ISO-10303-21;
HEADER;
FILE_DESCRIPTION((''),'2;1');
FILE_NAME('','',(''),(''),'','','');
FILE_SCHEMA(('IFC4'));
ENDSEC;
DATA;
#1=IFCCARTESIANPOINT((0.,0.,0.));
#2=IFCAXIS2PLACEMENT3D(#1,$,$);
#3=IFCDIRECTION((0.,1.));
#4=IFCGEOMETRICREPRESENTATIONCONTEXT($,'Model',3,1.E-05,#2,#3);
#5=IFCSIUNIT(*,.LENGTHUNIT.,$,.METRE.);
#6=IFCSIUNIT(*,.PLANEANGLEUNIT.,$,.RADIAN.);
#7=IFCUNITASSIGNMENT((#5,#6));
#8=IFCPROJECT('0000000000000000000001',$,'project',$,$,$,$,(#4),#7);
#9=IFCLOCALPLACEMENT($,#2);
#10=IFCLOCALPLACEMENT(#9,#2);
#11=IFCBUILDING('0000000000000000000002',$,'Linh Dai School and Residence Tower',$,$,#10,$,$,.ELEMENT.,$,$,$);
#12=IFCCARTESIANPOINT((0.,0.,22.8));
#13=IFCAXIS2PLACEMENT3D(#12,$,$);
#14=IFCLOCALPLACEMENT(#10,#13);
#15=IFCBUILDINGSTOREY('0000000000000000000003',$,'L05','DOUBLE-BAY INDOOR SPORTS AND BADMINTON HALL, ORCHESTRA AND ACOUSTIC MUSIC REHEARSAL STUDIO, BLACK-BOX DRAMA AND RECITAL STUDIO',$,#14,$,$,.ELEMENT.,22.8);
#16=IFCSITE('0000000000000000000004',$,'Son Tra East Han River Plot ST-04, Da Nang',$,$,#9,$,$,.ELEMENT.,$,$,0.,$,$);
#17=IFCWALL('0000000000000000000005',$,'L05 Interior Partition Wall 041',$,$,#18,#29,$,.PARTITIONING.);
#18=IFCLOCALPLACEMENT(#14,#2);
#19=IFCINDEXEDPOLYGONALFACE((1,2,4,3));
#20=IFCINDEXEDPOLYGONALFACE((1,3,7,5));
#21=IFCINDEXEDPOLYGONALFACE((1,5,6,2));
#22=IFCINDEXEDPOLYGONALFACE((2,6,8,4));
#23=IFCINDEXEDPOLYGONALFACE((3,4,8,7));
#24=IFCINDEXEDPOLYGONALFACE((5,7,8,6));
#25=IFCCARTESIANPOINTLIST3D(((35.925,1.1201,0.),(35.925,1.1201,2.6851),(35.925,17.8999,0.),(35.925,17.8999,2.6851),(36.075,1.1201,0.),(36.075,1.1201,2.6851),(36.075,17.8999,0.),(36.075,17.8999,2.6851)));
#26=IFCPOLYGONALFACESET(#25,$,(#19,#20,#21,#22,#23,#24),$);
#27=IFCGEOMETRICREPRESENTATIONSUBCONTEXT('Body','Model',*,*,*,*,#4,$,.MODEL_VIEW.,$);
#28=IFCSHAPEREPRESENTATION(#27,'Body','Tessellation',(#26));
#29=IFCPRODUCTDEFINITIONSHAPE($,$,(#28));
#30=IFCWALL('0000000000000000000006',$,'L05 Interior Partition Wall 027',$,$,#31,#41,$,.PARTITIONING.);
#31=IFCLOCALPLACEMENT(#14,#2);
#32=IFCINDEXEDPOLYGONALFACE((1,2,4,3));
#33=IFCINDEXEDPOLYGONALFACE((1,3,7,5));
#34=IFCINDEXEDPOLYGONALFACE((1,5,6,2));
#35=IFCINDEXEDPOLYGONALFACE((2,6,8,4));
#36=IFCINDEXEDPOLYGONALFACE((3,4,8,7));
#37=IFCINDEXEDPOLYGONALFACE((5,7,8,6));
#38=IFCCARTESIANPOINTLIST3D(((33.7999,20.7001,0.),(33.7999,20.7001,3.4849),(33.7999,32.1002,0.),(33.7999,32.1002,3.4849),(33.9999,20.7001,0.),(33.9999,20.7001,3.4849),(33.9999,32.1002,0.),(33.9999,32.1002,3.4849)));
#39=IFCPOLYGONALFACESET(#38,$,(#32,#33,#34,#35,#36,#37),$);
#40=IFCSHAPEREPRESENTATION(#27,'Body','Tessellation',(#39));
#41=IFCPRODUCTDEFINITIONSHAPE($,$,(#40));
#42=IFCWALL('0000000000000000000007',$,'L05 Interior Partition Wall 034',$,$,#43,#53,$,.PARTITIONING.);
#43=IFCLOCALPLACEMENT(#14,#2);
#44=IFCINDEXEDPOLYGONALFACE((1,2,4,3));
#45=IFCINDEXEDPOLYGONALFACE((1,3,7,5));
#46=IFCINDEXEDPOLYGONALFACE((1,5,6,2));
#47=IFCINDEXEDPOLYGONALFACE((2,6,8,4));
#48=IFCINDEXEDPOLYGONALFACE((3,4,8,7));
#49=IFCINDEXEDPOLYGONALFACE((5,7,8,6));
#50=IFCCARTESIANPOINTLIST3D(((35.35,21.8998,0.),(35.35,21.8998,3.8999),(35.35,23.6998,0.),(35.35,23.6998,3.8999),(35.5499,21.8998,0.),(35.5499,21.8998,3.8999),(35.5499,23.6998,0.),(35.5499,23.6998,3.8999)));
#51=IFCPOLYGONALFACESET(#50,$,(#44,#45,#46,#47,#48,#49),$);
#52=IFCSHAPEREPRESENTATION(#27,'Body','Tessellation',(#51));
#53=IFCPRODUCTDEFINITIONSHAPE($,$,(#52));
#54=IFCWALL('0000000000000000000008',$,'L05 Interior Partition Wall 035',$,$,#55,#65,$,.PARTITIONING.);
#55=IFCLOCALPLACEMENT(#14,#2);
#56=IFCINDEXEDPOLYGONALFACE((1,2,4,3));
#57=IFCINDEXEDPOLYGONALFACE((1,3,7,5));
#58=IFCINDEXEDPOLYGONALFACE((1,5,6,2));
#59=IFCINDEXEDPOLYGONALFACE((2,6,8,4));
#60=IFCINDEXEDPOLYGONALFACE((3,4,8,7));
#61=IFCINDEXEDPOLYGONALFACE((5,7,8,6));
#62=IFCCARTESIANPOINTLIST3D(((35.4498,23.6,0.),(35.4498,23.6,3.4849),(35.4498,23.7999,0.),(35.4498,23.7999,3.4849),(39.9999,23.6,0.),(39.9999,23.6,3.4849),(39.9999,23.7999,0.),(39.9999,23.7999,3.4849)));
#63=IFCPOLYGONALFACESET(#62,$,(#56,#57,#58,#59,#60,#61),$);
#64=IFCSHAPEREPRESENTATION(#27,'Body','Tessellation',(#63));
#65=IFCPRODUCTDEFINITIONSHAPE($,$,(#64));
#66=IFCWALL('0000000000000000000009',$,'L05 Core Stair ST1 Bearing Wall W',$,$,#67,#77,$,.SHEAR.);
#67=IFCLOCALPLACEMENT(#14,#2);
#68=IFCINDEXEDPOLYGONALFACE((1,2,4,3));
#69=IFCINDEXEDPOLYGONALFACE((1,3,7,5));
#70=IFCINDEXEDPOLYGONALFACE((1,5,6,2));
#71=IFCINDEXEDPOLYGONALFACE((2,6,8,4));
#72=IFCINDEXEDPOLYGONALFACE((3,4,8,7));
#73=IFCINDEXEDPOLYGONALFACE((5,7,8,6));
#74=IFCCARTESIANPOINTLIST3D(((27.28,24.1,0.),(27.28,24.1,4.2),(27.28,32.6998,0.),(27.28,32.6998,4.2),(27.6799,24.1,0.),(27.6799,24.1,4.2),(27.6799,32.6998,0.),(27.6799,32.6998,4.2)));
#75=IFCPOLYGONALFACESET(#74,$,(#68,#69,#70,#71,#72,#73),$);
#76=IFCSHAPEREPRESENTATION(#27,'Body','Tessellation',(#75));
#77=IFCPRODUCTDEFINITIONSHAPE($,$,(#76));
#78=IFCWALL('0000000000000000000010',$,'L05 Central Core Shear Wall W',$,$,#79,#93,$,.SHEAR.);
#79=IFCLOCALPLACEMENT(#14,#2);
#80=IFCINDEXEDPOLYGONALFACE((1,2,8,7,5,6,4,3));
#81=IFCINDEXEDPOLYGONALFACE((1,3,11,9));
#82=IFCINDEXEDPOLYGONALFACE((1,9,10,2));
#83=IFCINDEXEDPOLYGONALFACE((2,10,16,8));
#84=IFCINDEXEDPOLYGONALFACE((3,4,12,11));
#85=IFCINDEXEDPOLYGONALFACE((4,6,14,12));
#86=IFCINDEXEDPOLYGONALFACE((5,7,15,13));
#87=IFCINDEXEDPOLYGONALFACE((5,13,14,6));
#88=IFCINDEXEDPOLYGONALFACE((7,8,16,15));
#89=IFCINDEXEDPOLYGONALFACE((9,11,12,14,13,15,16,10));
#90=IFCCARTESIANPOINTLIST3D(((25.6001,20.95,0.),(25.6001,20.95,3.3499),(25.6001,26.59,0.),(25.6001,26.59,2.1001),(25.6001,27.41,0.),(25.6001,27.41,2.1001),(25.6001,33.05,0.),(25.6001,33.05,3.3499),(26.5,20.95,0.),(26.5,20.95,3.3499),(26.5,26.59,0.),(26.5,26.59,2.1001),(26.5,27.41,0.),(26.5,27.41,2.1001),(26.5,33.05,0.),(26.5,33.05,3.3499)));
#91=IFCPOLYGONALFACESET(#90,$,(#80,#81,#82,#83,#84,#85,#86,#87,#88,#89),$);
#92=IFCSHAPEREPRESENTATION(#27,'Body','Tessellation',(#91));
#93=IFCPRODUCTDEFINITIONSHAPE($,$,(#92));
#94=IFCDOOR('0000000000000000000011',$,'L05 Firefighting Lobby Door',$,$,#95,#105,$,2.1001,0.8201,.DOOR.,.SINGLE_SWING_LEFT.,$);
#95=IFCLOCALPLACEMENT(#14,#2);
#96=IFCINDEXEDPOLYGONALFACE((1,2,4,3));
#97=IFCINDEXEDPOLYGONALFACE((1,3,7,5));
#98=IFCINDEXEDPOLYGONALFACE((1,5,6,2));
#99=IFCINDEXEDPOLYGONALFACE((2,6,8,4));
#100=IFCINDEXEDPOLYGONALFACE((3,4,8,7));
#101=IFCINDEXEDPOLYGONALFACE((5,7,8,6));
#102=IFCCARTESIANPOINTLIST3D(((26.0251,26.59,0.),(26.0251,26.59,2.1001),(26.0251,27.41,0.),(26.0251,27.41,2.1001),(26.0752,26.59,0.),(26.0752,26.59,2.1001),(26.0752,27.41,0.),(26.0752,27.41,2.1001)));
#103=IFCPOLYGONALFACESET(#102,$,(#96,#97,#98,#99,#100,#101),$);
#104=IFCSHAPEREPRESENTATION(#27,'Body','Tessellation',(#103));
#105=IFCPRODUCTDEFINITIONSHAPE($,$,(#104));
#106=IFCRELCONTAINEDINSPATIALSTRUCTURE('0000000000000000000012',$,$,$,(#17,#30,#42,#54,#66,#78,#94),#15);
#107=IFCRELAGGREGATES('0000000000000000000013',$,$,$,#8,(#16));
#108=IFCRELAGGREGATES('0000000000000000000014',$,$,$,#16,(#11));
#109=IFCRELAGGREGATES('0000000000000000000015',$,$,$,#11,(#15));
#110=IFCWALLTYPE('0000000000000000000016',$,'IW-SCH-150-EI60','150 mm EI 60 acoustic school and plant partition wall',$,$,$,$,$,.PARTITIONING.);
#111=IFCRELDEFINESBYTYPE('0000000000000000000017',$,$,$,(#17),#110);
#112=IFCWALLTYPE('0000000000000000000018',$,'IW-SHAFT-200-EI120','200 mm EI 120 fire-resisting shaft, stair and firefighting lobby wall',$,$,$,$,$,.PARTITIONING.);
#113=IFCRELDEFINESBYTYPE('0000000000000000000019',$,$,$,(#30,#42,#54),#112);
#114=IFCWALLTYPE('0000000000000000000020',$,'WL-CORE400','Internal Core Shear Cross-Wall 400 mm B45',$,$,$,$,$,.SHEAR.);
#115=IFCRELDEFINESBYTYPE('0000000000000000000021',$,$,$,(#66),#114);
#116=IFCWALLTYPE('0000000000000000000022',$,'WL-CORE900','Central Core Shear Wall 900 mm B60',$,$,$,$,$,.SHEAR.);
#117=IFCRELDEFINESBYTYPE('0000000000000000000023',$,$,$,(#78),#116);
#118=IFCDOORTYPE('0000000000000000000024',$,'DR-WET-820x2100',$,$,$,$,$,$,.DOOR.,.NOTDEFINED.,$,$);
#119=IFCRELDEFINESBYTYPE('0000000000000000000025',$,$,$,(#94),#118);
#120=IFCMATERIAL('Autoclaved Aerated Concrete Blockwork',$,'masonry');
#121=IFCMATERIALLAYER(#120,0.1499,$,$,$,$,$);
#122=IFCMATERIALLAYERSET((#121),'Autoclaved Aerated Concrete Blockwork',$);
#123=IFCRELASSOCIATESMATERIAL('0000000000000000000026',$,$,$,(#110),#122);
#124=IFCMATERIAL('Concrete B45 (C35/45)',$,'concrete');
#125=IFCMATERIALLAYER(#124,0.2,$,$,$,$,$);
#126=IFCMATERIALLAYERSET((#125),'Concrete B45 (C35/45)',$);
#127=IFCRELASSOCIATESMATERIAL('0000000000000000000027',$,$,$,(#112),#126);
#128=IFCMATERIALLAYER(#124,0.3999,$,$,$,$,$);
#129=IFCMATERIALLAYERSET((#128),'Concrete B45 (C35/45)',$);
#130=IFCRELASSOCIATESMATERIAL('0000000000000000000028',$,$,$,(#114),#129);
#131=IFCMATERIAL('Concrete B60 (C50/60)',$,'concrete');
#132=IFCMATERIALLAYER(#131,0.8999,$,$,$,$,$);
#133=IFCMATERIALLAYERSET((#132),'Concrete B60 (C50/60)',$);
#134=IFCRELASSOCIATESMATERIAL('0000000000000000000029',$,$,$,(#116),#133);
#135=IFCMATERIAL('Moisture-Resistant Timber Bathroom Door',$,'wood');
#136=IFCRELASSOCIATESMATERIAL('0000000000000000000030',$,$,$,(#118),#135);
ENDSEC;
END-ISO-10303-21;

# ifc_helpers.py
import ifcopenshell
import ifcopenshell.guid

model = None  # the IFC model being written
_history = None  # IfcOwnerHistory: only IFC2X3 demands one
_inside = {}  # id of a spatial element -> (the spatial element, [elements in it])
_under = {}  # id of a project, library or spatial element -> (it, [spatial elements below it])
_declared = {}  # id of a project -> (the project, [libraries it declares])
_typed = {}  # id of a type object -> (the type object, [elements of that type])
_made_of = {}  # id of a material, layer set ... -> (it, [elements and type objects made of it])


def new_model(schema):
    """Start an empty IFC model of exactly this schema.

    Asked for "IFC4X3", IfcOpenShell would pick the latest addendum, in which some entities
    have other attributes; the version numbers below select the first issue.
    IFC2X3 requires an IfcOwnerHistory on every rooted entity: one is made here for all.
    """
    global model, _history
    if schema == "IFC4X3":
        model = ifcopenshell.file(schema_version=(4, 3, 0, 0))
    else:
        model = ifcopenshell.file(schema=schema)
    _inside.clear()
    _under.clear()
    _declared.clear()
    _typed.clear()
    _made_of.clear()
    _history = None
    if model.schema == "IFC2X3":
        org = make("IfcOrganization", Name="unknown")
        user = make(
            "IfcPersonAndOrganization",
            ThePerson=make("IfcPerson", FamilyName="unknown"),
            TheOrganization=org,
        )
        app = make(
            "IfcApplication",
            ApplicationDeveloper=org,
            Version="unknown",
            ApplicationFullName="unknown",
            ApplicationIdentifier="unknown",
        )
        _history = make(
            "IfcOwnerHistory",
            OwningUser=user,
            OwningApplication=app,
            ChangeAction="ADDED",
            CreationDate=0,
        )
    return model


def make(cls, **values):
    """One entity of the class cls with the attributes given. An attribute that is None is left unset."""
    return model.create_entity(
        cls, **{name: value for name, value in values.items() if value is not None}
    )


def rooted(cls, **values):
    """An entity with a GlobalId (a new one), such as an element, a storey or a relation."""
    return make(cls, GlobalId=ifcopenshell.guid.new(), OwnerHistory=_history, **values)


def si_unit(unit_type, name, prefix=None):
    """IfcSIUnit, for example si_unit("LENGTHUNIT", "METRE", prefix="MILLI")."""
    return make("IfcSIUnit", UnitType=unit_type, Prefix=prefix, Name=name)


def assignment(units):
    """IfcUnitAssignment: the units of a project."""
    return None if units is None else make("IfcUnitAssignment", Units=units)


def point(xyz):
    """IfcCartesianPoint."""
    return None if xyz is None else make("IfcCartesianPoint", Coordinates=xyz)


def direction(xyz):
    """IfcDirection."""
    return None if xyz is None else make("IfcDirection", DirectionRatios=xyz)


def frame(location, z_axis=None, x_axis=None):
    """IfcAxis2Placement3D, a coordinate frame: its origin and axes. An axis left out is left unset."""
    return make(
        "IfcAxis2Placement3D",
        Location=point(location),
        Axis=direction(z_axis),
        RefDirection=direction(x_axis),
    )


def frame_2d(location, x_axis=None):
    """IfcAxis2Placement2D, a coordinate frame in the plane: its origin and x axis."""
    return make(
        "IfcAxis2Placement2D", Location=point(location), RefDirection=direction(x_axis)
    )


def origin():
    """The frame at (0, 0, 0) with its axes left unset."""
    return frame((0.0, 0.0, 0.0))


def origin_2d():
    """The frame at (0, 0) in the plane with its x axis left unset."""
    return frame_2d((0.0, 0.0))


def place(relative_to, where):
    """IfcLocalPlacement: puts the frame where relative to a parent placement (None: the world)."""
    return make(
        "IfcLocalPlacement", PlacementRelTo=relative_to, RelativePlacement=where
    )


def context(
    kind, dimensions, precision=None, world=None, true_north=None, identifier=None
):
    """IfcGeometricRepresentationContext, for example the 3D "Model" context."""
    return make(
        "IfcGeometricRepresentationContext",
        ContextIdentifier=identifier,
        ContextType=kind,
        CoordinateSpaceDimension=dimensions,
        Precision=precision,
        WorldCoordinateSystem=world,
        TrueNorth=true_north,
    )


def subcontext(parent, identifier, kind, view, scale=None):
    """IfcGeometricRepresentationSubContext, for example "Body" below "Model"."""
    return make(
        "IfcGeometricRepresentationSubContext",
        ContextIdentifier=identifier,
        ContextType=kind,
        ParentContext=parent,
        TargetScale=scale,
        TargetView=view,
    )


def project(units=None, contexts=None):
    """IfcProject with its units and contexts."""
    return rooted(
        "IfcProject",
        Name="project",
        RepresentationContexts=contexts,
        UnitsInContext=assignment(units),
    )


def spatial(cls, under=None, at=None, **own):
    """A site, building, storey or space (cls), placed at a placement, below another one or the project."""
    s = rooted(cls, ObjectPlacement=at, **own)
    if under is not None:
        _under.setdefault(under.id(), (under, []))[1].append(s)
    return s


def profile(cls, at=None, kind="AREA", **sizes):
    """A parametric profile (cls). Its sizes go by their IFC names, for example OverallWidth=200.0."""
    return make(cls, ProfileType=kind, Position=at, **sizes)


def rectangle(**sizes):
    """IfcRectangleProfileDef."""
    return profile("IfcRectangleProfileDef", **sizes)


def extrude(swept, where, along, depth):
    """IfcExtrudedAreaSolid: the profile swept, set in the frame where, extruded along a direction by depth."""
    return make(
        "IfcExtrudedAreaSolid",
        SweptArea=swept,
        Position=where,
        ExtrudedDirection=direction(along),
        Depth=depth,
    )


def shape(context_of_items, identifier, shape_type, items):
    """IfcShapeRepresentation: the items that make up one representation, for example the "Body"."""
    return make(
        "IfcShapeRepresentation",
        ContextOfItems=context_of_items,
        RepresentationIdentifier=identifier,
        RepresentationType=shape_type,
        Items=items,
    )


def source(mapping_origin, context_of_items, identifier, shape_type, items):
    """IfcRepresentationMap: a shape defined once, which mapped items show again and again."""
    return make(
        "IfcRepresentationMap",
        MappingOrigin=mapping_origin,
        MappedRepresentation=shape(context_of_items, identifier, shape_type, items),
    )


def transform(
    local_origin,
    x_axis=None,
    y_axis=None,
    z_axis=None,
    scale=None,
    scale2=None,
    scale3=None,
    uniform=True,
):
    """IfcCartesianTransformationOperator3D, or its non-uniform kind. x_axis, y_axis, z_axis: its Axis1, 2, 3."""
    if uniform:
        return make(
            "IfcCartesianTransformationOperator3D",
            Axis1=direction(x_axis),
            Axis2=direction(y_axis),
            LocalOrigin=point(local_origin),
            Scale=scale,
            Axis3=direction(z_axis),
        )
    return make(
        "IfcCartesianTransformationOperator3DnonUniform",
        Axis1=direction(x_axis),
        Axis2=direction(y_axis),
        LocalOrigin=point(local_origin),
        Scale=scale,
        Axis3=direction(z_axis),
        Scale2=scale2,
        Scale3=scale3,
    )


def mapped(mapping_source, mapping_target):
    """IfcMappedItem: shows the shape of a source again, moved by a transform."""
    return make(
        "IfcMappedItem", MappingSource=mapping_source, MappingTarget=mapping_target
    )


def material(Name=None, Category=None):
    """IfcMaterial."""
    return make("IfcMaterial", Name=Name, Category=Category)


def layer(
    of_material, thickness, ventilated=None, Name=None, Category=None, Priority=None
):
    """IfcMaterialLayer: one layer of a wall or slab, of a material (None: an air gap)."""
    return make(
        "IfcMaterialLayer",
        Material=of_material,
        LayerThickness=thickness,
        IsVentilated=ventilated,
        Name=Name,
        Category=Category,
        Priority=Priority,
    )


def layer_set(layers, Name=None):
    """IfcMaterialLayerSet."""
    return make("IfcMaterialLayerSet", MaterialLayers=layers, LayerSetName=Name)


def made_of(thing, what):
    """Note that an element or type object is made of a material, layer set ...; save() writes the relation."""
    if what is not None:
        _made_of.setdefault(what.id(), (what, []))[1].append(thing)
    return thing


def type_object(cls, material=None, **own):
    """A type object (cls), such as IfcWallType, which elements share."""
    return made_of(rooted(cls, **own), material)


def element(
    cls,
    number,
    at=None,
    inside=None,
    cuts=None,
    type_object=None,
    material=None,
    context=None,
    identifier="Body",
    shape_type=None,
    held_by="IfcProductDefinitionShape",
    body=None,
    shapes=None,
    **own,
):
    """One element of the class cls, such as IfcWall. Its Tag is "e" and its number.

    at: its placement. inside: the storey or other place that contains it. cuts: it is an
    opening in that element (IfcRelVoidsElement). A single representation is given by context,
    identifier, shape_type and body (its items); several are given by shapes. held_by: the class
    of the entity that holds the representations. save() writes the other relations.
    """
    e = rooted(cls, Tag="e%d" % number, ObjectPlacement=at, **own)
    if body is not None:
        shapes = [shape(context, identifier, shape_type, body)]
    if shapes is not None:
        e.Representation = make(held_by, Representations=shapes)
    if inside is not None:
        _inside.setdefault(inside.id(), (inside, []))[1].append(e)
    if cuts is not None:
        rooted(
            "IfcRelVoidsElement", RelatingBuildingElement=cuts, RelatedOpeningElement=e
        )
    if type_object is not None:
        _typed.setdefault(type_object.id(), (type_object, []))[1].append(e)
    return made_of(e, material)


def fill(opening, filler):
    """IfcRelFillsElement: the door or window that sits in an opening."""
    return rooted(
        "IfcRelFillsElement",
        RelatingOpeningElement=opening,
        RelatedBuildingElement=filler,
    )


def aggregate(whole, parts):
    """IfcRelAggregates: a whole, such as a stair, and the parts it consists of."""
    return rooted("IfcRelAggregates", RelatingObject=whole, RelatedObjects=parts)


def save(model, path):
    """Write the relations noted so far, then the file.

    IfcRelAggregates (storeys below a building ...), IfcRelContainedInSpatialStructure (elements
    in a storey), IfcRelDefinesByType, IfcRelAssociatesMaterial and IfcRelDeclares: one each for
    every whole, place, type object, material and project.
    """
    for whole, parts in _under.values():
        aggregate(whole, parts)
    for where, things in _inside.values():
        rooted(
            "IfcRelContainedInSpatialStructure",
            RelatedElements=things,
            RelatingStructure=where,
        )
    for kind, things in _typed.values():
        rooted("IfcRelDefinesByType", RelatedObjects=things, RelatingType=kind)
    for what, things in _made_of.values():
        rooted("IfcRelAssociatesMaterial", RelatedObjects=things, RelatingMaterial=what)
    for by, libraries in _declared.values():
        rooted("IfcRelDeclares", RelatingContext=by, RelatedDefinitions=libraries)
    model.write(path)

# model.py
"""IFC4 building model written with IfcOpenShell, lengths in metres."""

from ifc_helpers import new_model, si_unit, direction, frame, frame_2d, origin, origin_2d, place, context, subcontext, project, spatial, rectangle, extrude, source, transform, mapped, material, layer, layer_set, type_object, element, fill, save


model = new_model("IFC4")

# Units and contexts
model_context = context("Model", 3, precision=1e-05, world=origin(), true_north=direction((0.0, 1.0)))
body_context = subcontext(model_context, "Body", "Model", "MODEL_VIEW")
ifc_project = project(units=[si_unit("LENGTHUNIT", "METRE"), si_unit("PLANEANGLEUNIT", "RADIAN")], contexts=[model_context])

# Site, building, storey
site_placement = place(None, origin())
site = spatial("IfcSite", under=ifc_project, at=site_placement, Name="Son Tra East Han River Plot ST-04, Da Nang", CompositionType="ELEMENT", RefElevation=0.0)
building_placement = place(site_placement, origin())
building = spatial("IfcBuilding", under=site, at=building_placement, Name="Linh Dai School and Residence Tower", CompositionType="ELEMENT")
storey_placement = place(building_placement, frame((0.0, 0.0, 22.8)))
storey = spatial("IfcBuildingStorey", under=building, at=storey_placement, Name="L05", Description="DOUBLE-BAY INDOOR SPORTS AND BADMINTON HALL, ORCHESTRA AND ACOUSTIC MUSIC REHEARSAL STUDIO, BLACK-BOX DRAMA AND RECITAL STUDIO", CompositionType="ELEMENT", Elevation=22.8)

# Shared definitions
ifc_material_1 = material(Name="Concrete B60 (C50/60)", Category="concrete")

# Shared definitions
ifc_material_2 = material(Name="Autoclaved Aerated Concrete Blockwork", Category="masonry")

# Wall
ifc_layer_1 = layer(ifc_material_2, 0.1499)
ifc_layer_set_1 = layer_set([ifc_layer_1], Name="Autoclaved Aerated Concrete Blockwork")
wall_type_1 = type_object("IfcWallType", Name="IW-SCH-150-EI60", Description="150 mm EI 60 acoustic school and plant partition wall", PredefinedType="PARTITIONING", material=ifc_layer_set_1)
wall_1_placement = place(storey_placement, frame((36.0, 1.1201, 0.0), z_axis=(0.0, 0.0, 1.0), x_axis=(0.0, 1.0, 0.0)))
element("IfcWall", 1, at=wall_1_placement, inside=storey, type_object=wall_type_1, Name="L05 Interior Partition Wall 041", PredefinedType="PARTITIONING", context=body_context, shape_type="SweptSolid", body=[
    extrude(rectangle(XDim=16.7798, YDim=0.1499, at=frame_2d((8.3899, 0.0))), origin(), (0.0, 0.0, 1.0), 2.6851),
])

# Shared definitions
ifc_material_3 = material(Name="Concrete B45 (C35/45)", Category="concrete")
ifc_layer_2 = layer(ifc_material_3, 0.2)
ifc_layer_set_2 = layer_set([ifc_layer_2], Name="Concrete B45 (C35/45)")
wall_type_2 = type_object("IfcWallType", Name="IW-SHAFT-200-EI120", Description="200 mm EI 120 fire-resisting shaft, stair and firefighting lobby wall", PredefinedType="PARTITIONING", material=ifc_layer_set_2)

# Walls
wall_2_placement = place(storey_placement, frame((33.8999, 20.7, 0.0), z_axis=(0.0, 0.0, 1.0), x_axis=(0.0, 1.0, 0.0)))
element("IfcWall", 2, at=wall_2_placement, inside=storey, type_object=wall_type_2, Name="L05 Interior Partition Wall 027", PredefinedType="PARTITIONING", context=body_context, shape_type="SweptSolid", body=[
    extrude(rectangle(XDim=11.4001, YDim=0.2, at=frame_2d((5.7002, 0.0))), origin(), (0.0, 0.0, 1.0), 3.4849),
])
wall_3_placement = place(storey_placement, frame((35.45, 21.8999, 0.0), z_axis=(0.0, 0.0, 1.0), x_axis=(0.0, 1.0, 0.0)))
element("IfcWall", 3, at=wall_3_placement, inside=storey, type_object=wall_type_2, Name="L05 Interior Partition Wall 034", PredefinedType="PARTITIONING", context=body_context, shape_type="SweptSolid", body=[
    extrude(rectangle(XDim=1.8, YDim=0.2, at=frame_2d((0.8999, 0.0))), origin(), (0.0, 0.0, 1.0), 3.8999),
])
wall_4_placement = place(storey_placement, frame((35.45, 23.7, 0.0), z_axis=(0.0, 0.0, 1.0), x_axis=(1.0, 0.0, 0.0)))
element("IfcWall", 4, at=wall_4_placement, inside=storey, type_object=wall_type_2, Name="L05 Interior Partition Wall 035", PredefinedType="PARTITIONING", context=body_context, shape_type="SweptSolid", body=[
    extrude(rectangle(XDim=4.55, YDim=0.2, at=frame_2d((2.2749, 0.0))), origin(), (0.0, 0.0, 1.0), 3.4849),
])
ifc_layer_3 = layer(ifc_material_3, 0.3999)
ifc_layer_set_3 = layer_set([ifc_layer_3], Name="Concrete B45 (C35/45)")
wall_type_3 = type_object("IfcWallType", Name="WL-CORE400", Description="Internal Core Shear Cross-Wall 400 mm B45", PredefinedType="SHEAR", material=ifc_layer_set_3)
wall_5_placement = place(storey_placement, frame((27.48, 24.1001, 0.0), z_axis=(0.0, 0.0, 1.0), x_axis=(0.0, 1.0, 0.0)))
element("IfcWall", 5, at=wall_5_placement, inside=storey, type_object=wall_type_3, Name="L05 Core Stair ST1 Bearing Wall W", PredefinedType="SHEAR", context=body_context, shape_type="SweptSolid", body=[
    extrude(rectangle(XDim=8.5999, YDim=0.3999, at=frame_2d((4.2998, 0.0))), origin(), (0.0, 0.0, 1.0), 4.2),
])

# Wall, opening, door
ifc_layer_4 = layer(ifc_material_1, 0.8999)
ifc_layer_set_4 = layer_set([ifc_layer_4], Name="Concrete B60 (C50/60)")
wall_type_4 = type_object("IfcWallType", Name="WL-CORE900", Description="Central Core Shear Wall 900 mm B60", PredefinedType="SHEAR", material=ifc_layer_set_4)
wall_6_placement = place(storey_placement, frame((26.05, 20.95, 0.0), z_axis=(0.0, 0.0, 1.0), x_axis=(0.0, 1.0, 0.0)))
wall_6 = element("IfcWall", 6, at=wall_6_placement, inside=storey, type_object=wall_type_4, Name="L05 Central Core Shear Wall W", PredefinedType="SHEAR", context=body_context, shape_type="SweptSolid", body=[
    extrude(rectangle(XDim=12.1001, YDim=0.8999, at=frame_2d((6.05, 0.0))), origin(), (0.0, 0.0, 1.0), 3.3499),
])
opening_1_placement = place(wall_6_placement, frame((5.6399, 0.0, 0.0)))
opening_1 = element("IfcOpeningElement", 7, at=opening_1_placement, cuts=wall_6, PredefinedType="OPENING", context=body_context, shape_type="SweptSolid", body=[
    extrude(rectangle(XDim=0.8201, YDim=2.1001, at=origin_2d()), frame((0.4102, 0.46, 1.05), z_axis=(0.0, -1.0, 0.0), x_axis=(1.0, 0.0, 0.0)), (0.0, 0.0, 1.0), 0.9199),
])
ifc_material_4 = material(Name="Moisture-Resistant Timber Bathroom Door", Category="wood")
door_type_1 = type_object("IfcDoorType", Name="DR-WET-820x2100", OperationType="NOTDEFINED", PredefinedType="DOOR", material=ifc_material_4)
shared_shape_1 = source(origin(), body_context, "Body", "SweptSolid", [
    extrude(rectangle(XDim=0.8201, YDim=2.1001, at=origin_2d()), frame((0.4102, 0.0249, 1.05), z_axis=(0.0, -1.0, 0.0), x_axis=(1.0, 0.0, 0.0)), (0.0, 0.0, 1.0), 0.05),
])
door_1_placement = place(opening_1_placement, origin())
door_1 = element("IfcDoor", 8, at=door_1_placement, inside=storey, type_object=door_type_1, Name="L05 Firefighting Lobby Door", OperationType="SINGLE_SWING_LEFT", OverallHeight=2.1001, OverallWidth=0.8201, PredefinedType="DOOR", context=body_context, shape_type="MappedRepresentation", body=[
    mapped(shared_shape_1, transform((0.0, 0.0, 0.0), x_axis=(1.0, 0.0, 0.0), y_axis=(0.0, 1.0, 0.0), z_axis=(0.0, 0.0, 1.0), scale=1.0)),
])
fill(opening_1, door_1)

save(model, "model.ifc")
